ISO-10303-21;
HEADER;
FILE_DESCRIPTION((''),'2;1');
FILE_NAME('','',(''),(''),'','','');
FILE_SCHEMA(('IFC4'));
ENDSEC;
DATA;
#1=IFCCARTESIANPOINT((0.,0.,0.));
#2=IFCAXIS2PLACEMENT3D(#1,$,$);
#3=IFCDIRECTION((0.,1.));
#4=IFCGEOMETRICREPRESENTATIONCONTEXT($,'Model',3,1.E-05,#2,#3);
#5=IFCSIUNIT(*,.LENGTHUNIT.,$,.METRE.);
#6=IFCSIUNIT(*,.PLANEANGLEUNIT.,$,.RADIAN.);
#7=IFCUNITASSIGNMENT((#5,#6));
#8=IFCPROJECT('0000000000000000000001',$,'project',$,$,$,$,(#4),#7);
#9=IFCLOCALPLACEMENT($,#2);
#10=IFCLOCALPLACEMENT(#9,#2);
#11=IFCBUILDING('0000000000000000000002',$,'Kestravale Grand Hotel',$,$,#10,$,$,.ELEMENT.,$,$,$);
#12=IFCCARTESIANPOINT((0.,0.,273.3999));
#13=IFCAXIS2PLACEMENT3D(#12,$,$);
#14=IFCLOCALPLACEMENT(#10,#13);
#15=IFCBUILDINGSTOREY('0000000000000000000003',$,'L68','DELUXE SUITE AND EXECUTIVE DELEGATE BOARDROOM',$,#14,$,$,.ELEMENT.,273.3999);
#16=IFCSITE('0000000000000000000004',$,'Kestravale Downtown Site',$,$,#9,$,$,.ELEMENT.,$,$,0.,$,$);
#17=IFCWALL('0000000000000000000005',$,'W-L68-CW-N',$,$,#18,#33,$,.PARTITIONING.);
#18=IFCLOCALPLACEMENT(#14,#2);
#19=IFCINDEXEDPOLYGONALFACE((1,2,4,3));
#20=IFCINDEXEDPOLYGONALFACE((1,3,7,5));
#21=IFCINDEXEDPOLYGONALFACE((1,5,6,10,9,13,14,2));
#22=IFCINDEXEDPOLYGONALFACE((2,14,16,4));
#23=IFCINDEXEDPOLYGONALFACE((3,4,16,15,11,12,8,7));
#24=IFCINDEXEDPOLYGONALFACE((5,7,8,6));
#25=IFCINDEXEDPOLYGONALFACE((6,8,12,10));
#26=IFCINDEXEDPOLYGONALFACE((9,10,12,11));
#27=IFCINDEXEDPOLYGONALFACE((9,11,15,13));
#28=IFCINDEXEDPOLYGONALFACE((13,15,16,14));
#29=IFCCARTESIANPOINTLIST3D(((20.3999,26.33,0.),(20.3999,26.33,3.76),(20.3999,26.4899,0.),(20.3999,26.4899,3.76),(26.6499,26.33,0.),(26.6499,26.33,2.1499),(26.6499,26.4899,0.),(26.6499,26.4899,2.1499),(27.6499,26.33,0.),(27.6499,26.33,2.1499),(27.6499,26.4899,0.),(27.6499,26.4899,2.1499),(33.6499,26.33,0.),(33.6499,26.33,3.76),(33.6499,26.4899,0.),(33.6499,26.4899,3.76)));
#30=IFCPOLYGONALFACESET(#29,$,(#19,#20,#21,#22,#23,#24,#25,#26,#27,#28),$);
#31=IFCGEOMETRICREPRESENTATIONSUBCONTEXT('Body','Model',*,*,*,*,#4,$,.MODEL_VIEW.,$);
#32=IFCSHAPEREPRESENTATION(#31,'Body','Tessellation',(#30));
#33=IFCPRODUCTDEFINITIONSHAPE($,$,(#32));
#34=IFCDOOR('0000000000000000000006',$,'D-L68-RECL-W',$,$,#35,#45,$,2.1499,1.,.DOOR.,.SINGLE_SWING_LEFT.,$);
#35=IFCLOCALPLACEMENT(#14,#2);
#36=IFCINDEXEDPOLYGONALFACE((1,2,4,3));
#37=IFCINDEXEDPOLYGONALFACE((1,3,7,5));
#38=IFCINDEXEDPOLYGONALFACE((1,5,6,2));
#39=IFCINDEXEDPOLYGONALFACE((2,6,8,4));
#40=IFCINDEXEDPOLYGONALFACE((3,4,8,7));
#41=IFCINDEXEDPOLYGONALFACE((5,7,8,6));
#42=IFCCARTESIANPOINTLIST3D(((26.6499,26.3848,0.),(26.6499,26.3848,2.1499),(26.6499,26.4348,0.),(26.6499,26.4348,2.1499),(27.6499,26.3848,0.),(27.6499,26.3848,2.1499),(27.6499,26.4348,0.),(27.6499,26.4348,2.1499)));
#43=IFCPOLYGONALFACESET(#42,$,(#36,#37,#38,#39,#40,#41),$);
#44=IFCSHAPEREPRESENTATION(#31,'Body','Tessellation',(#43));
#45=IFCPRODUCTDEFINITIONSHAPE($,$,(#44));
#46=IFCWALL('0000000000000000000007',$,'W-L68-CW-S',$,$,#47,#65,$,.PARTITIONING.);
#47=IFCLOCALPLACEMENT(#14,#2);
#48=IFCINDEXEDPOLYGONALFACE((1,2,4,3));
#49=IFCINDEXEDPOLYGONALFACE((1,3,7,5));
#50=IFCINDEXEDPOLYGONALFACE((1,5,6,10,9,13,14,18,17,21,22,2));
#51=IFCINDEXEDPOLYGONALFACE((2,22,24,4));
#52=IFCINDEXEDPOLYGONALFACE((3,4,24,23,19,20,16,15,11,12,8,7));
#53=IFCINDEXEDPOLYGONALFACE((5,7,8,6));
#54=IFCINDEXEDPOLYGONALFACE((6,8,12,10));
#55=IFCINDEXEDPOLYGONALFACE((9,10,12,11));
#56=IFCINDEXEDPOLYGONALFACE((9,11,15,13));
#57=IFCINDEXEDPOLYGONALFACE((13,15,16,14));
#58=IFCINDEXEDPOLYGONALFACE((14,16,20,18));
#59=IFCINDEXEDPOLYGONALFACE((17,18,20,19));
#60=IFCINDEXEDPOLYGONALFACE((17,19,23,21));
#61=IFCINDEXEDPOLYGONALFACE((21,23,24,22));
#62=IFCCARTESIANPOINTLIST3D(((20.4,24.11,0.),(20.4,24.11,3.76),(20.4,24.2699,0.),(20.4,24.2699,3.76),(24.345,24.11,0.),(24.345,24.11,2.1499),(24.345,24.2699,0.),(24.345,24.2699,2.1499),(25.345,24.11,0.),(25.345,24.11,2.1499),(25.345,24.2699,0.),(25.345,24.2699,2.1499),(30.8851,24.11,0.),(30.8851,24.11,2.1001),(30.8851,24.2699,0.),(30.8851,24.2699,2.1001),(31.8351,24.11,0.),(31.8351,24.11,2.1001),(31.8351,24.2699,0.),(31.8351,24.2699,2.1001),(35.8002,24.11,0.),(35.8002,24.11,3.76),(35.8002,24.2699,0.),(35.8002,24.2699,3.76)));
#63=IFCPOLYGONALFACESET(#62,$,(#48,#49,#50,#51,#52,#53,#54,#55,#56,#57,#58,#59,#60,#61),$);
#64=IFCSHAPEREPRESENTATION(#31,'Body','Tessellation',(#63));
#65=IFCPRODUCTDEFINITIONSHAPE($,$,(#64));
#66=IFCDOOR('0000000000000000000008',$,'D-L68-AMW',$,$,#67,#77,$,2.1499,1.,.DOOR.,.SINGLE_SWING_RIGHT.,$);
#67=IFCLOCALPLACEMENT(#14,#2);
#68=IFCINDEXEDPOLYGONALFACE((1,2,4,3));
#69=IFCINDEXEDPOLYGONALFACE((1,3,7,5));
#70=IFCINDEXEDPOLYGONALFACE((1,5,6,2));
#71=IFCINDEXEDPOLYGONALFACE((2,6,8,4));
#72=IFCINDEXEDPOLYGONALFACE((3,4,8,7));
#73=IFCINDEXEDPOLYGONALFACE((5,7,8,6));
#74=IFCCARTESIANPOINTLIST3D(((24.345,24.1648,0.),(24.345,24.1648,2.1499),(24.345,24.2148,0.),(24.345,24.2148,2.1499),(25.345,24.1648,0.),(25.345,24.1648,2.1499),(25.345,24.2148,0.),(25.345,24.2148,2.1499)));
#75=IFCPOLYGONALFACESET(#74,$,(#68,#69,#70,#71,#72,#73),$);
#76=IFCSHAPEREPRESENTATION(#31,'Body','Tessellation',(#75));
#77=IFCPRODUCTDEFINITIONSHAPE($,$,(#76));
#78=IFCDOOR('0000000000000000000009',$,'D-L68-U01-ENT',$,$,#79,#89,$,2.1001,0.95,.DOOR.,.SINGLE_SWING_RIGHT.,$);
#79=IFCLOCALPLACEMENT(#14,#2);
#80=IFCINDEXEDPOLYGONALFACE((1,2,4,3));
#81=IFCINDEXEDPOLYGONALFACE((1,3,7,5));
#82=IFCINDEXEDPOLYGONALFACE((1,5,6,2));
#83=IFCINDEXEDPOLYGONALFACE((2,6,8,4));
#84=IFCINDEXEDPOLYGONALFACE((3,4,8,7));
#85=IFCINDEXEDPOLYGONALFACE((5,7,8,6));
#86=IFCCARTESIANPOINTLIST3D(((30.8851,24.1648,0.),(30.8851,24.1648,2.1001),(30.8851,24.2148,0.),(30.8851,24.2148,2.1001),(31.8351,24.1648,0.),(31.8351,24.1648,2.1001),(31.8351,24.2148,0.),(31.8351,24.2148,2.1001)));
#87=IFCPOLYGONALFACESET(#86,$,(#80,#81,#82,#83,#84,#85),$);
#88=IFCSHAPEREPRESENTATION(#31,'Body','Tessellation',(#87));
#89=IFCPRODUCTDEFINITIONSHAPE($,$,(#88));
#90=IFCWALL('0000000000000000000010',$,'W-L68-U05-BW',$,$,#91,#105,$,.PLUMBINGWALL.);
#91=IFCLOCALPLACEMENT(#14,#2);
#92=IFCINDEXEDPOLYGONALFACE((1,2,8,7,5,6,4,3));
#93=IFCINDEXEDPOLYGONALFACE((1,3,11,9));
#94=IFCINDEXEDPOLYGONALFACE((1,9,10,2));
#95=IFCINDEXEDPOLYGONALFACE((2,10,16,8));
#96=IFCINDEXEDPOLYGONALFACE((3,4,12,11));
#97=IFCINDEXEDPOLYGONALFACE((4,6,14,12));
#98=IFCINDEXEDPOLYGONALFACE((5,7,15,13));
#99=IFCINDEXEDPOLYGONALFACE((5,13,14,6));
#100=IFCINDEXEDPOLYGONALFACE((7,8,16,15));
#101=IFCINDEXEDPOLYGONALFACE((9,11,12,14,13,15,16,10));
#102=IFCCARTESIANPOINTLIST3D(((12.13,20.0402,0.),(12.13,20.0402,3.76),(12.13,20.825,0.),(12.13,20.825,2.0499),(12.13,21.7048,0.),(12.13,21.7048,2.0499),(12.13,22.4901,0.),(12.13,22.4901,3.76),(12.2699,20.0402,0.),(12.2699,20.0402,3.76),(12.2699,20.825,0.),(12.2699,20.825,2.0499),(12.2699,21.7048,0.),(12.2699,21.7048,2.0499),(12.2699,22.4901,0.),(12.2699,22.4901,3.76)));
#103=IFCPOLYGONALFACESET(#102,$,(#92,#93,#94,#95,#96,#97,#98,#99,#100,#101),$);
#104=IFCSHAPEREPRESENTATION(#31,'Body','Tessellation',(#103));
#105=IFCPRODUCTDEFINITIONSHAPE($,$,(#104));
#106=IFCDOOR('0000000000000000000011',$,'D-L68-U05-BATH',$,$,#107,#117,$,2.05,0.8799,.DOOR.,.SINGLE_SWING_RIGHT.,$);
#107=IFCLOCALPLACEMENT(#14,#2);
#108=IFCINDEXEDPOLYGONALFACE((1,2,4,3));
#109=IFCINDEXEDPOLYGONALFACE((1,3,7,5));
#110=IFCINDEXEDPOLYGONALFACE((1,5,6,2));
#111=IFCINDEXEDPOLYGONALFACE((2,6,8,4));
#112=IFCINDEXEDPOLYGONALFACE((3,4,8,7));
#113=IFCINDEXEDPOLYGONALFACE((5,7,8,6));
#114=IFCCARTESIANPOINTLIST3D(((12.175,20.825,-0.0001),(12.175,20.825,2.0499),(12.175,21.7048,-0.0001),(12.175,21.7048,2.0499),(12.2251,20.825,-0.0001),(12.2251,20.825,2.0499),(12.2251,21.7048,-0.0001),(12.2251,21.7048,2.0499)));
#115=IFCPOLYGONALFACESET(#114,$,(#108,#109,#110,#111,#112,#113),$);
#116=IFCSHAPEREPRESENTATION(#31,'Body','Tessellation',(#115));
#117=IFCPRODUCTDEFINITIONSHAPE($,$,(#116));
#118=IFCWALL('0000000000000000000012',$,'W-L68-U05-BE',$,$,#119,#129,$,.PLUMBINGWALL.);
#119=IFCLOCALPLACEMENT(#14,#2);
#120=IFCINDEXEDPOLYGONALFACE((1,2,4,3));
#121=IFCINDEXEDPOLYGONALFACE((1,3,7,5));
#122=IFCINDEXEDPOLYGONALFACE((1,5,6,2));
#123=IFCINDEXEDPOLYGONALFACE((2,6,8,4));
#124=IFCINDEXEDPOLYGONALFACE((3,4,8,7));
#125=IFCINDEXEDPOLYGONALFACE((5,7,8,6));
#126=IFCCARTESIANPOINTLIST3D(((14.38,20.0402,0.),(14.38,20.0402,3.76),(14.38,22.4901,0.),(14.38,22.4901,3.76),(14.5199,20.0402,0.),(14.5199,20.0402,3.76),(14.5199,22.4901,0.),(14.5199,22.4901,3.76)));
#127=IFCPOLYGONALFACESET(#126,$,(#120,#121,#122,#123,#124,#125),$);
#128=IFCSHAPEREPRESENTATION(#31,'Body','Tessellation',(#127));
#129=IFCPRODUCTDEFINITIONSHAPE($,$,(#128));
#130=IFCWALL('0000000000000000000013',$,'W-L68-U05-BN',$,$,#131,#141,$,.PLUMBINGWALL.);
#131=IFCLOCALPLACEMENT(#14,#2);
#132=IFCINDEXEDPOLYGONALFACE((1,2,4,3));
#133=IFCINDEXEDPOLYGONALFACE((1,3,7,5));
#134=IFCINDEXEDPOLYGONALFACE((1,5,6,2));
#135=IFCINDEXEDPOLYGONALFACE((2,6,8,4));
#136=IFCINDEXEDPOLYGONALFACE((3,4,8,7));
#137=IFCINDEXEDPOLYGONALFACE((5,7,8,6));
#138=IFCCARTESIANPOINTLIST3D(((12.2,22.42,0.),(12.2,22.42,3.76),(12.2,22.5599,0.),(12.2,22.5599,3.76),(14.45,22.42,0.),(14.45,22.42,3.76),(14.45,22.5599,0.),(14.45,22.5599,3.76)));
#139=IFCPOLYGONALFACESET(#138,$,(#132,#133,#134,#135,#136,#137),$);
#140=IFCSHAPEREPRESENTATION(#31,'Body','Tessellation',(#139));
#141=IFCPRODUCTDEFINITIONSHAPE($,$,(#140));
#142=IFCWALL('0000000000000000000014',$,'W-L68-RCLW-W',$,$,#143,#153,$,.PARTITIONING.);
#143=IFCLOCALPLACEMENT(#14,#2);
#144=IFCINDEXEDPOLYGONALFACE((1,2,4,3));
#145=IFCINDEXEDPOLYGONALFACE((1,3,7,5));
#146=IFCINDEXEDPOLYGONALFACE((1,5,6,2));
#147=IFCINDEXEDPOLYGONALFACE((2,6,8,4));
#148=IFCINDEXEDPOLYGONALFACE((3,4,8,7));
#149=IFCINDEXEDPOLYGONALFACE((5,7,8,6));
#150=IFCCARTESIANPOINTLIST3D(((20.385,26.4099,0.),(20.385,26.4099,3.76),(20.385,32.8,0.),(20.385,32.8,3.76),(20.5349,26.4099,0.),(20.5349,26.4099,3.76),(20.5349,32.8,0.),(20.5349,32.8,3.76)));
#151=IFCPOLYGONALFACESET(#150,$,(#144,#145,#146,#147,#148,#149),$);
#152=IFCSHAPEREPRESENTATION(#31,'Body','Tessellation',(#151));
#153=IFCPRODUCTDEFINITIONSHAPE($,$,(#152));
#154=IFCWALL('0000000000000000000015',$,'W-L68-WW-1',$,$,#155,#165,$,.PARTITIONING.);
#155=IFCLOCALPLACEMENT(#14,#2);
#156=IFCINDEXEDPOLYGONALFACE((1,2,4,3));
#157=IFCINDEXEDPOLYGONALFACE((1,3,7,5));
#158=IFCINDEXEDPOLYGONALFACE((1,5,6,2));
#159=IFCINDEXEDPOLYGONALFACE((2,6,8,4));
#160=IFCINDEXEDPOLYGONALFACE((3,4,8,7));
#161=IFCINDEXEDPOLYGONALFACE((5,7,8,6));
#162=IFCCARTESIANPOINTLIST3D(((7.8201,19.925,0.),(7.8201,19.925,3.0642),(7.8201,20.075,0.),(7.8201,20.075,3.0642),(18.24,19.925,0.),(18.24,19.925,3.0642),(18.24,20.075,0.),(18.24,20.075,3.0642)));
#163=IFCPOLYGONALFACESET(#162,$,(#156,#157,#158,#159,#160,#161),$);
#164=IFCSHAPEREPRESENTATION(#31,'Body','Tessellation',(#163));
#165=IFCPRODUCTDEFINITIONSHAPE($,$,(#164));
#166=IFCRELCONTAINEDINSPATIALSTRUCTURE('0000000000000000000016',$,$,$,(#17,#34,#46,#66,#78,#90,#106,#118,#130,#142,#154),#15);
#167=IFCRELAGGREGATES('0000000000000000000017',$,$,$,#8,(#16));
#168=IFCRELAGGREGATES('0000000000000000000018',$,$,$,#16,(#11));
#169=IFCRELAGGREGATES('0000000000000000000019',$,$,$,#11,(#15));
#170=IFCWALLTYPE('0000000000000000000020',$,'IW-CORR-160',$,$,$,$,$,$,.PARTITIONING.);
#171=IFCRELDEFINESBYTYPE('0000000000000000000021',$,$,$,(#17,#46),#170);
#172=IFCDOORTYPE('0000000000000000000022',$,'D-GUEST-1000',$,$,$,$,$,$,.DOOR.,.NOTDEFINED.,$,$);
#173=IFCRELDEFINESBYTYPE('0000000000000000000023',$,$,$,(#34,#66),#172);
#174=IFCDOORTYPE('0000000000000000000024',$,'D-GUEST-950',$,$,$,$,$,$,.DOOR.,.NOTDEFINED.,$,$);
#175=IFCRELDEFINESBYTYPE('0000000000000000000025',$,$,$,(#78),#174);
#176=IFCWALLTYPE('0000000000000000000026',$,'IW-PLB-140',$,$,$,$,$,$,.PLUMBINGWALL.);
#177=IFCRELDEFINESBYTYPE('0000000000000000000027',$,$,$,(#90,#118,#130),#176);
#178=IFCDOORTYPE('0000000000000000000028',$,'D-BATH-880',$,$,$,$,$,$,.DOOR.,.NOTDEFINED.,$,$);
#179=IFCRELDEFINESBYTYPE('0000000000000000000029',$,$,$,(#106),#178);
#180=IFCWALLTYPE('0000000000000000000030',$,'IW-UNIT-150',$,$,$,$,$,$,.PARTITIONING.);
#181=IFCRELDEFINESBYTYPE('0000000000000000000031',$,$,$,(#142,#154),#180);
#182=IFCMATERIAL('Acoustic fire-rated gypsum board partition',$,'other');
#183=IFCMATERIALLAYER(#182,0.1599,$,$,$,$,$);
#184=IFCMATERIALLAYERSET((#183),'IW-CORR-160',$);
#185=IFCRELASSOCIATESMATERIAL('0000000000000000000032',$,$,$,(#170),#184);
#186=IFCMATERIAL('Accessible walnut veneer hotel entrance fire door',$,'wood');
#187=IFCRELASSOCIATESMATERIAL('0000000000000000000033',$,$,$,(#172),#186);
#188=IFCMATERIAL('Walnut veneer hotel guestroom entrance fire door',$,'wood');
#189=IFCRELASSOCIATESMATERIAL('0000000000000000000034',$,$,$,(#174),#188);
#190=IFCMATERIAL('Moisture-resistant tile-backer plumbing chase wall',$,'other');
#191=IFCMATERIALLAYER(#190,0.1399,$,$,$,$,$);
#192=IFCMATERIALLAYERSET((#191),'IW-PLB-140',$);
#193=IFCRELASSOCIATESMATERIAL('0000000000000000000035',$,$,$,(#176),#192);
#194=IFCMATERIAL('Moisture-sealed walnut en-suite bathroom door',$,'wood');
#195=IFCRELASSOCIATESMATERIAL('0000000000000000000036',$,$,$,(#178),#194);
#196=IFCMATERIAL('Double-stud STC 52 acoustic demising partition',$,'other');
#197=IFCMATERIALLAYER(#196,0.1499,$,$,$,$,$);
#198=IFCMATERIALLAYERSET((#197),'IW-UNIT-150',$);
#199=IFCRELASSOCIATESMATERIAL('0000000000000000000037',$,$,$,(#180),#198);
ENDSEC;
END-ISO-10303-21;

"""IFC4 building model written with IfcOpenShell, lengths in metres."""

from ifc_helpers import new_model, si_unit, direction, frame, frame_2d, origin, place, context, subcontext, project, spatial, rectangle, extrude, material, layer, layer_set, type_object, element, fill, save


model = new_model("IFC4")

# Units and contexts
model_context = context("Model", 3, precision=1e-05, world=origin(), true_north=direction((0.0, 1.0)))
body_context = subcontext(model_context, "Body", "Model", "MODEL_VIEW")
ifc_project = project(units=[si_unit("LENGTHUNIT", "METRE"), si_unit("PLANEANGLEUNIT", "RADIAN")], contexts=[model_context])

# Site, building, storey
site_placement = place(None, origin())
site = spatial("IfcSite", under=ifc_project, at=site_placement, Name="Kestravale Downtown Site", CompositionType="ELEMENT", RefElevation=0.0)
building_placement = place(site_placement, origin())
building = spatial("IfcBuilding", under=site, at=building_placement, Name="Kestravale Grand Hotel", CompositionType="ELEMENT")
storey_placement = place(building_placement, frame((0.0, 0.0, 273.3999)))
storey = spatial("IfcBuildingStorey", under=building, at=storey_placement, Name="L68", Description="DELUXE SUITE AND EXECUTIVE DELEGATE BOARDROOM", CompositionType="ELEMENT", Elevation=273.3999)

# Wall, opening, door
ifc_material_1 = material(Name="Acoustic fire-rated gypsum board partition", Category="other")
ifc_layer_1 = layer(ifc_material_1, 0.1599)
ifc_layer_set_1 = layer_set([ifc_layer_1], Name="IW-CORR-160")
wall_type_1 = type_object("IfcWallType", Name="IW-CORR-160", PredefinedType="PARTITIONING", material=ifc_layer_set_1)
wall_1_placement = place(storey_placement, frame((20.3999, 26.4099, 0.0), z_axis=(0.0, 0.0, 1.0), x_axis=(1.0, 0.0, 0.0)))
wall_1 = element("IfcWall", 1, at=wall_1_placement, inside=storey, type_object=wall_type_1, Name="W-L68-CW-N", PredefinedType="PARTITIONING", context=body_context, shape_type="SweptSolid", body=[
    extrude(rectangle(XDim=13.25, YDim=0.1599, at=frame_2d((6.625, 0.0))), origin(), (0.0, 0.0, 1.0), 3.76),
])
opening_1_placement = place(wall_1_placement, frame((6.25, 0.0, 0.0)))
opening_1 = element("IfcOpeningElement", 2, at=opening_1_placement, cuts=wall_1, PredefinedType="OPENING", context=body_context, shape_type="SweptSolid", body=[
    extrude(rectangle(XDim=1.0, YDim=2.1499, at=frame_2d((0.5, 1.075))), frame((0.0, 0.0898, 0.0), z_axis=(0.0, -1.0, 0.0), x_axis=(1.0, 0.0, 0.0)), (0.0, 0.0, 1.0), 0.1799),
])
ifc_material_2 = material(Name="Accessible walnut veneer hotel entrance fire door", Category="wood")
door_type_1 = type_object("IfcDoorType", Name="D-GUEST-1000", OperationType="NOTDEFINED", PredefinedType="DOOR", material=ifc_material_2)
door_1_placement = place(opening_1_placement, origin())
door_1 = element("IfcDoor", 3, at=door_1_placement, inside=storey, type_object=door_type_1, Name="D-L68-RECL-W", OperationType="SINGLE_SWING_LEFT", OverallHeight=2.1499, OverallWidth=1.0, PredefinedType="DOOR", context=body_context, shape_type="SweptSolid", body=[
    extrude(rectangle(XDim=1.0, YDim=2.1499, at=frame_2d((0.5, 1.075))), frame((0.0, 0.0249, 0.0), z_axis=(0.0, -1.0, 0.0), x_axis=(1.0, 0.0, 0.0)), (0.0, 0.0, 1.0), 0.05),
])
fill(opening_1, door_1)

# Wall, openings, doors
wall_2_placement = place(storey_placement, frame((20.3999, 24.1899, 0.0), z_axis=(0.0, 0.0, 1.0), x_axis=(1.0, 0.0, 0.0)))
wall_2 = element("IfcWall", 4, at=wall_2_placement, inside=storey, type_object=wall_type_1, Name="W-L68-CW-S", PredefinedType="PARTITIONING", context=body_context, shape_type="SweptSolid", body=[
    extrude(rectangle(XDim=15.4001, YDim=0.1599, at=frame_2d((7.7002, 0.0))), origin(), (0.0, 0.0, 1.0), 3.76),
])
opening_2_placement = place(wall_2_placement, frame((3.9451, 0.0, 0.0)))
opening_2 = element("IfcOpeningElement", 5, at=opening_2_placement, cuts=wall_2, PredefinedType="OPENING", context=body_context, shape_type="SweptSolid", body=[
    extrude(rectangle(XDim=1.0, YDim=2.1499, at=frame_2d((0.5, 1.075))), frame((0.0, 0.0898, 0.0), z_axis=(0.0, -1.0, 0.0), x_axis=(1.0, 0.0, 0.0)), (0.0, 0.0, 1.0), 0.1799),
])
opening_3_placement = place(wall_2_placement, frame((10.4851, 0.0, 0.0)))
opening_3 = element("IfcOpeningElement", 6, at=opening_3_placement, cuts=wall_2, PredefinedType="OPENING", context=body_context, shape_type="SweptSolid", body=[
    extrude(rectangle(XDim=0.95, YDim=2.1001, at=frame_2d((0.4751, 1.05))), frame((0.0, 0.0898, 0.0), z_axis=(0.0, -1.0, 0.0), x_axis=(1.0, 0.0, 0.0)), (0.0, 0.0, 1.0), 0.1799),
])
door_2_placement = place(opening_2_placement, origin())
door_2 = element("IfcDoor", 7, at=door_2_placement, inside=storey, type_object=door_type_1, Name="D-L68-AMW", OperationType="SINGLE_SWING_RIGHT", OverallHeight=2.1499, OverallWidth=1.0, PredefinedType="DOOR", context=body_context, shape_type="SweptSolid", body=[
    extrude(rectangle(XDim=1.0, YDim=2.1499, at=frame_2d((0.5, 1.075))), frame((0.0, 0.0249, 0.0), z_axis=(0.0, -1.0, 0.0), x_axis=(1.0, 0.0, 0.0)), (0.0, 0.0, 1.0), 0.05),
])
fill(opening_2, door_2)
ifc_material_3 = material(Name="Walnut veneer hotel guestroom entrance fire door", Category="wood")
door_type_2 = type_object("IfcDoorType", Name="D-GUEST-950", OperationType="NOTDEFINED", PredefinedType="DOOR", material=ifc_material_3)
door_3_placement = place(opening_3_placement, origin())
door_3 = element("IfcDoor", 8, at=door_3_placement, inside=storey, type_object=door_type_2, Name="D-L68-U01-ENT", OperationType="SINGLE_SWING_RIGHT", OverallHeight=2.1001, OverallWidth=0.95, PredefinedType="DOOR", context=body_context, shape_type="SweptSolid", body=[
    extrude(rectangle(XDim=0.95, YDim=2.1001, at=frame_2d((0.4751, 1.05))), frame((0.0, 0.0249, 0.0), z_axis=(0.0, -1.0, 0.0), x_axis=(1.0, 0.0, 0.0)), (0.0, 0.0, 1.0), 0.05),
])
fill(opening_3, door_3)

# Wall, opening, door
ifc_material_4 = material(Name="Moisture-resistant tile-backer plumbing chase wall", Category="other")
ifc_layer_2 = layer(ifc_material_4, 0.1399)
ifc_layer_set_2 = layer_set([ifc_layer_2], Name="IW-PLB-140")
wall_type_2 = type_object("IfcWallType", Name="IW-PLB-140", PredefinedType="PLUMBINGWALL", material=ifc_layer_set_2)
wall_3_placement = place(storey_placement, frame((12.2, 20.04, 0.0), z_axis=(0.0, 0.0, 1.0), x_axis=(0.0, 1.0, 0.0)))
wall_3 = element("IfcWall", 9, at=wall_3_placement, inside=storey, type_object=wall_type_2, Name="W-L68-U05-BW", PredefinedType="PLUMBINGWALL", context=body_context, shape_type="SweptSolid", body=[
    extrude(rectangle(XDim=2.45, YDim=0.1399, at=frame_2d((1.2251, 0.0))), origin(), (0.0, 0.0, 1.0), 3.76),
])
opening_4_placement = place(wall_3_placement, frame((0.7849, 0.0, 0.0)))
opening_4 = element("IfcOpeningElement", 10, at=opening_4_placement, cuts=wall_3, PredefinedType="OPENING", context=body_context, shape_type="SweptSolid", body=[
    extrude(rectangle(XDim=0.8799, YDim=2.05, at=frame_2d((0.4399, 1.0249))), frame((0.0, 0.0798, 0.0), z_axis=(0.0, -1.0, 0.0), x_axis=(1.0, 0.0, 0.0)), (0.0, 0.0, 1.0), 0.1599),
])
ifc_material_5 = material(Name="Moisture-sealed walnut en-suite bathroom door", Category="wood")
door_type_3 = type_object("IfcDoorType", Name="D-BATH-880", OperationType="NOTDEFINED", PredefinedType="DOOR", material=ifc_material_5)
door_4_placement = place(opening_4_placement, origin())
door_4 = element("IfcDoor", 11, at=door_4_placement, inside=storey, type_object=door_type_3, Name="D-L68-U05-BATH", OperationType="SINGLE_SWING_RIGHT", OverallHeight=2.05, OverallWidth=0.8799, PredefinedType="DOOR", context=body_context, shape_type="SweptSolid", body=[
    extrude(rectangle(XDim=0.8799, YDim=2.05, at=frame_2d((0.4399, 1.0249))), frame((0.0, 0.0249, 0.0), z_axis=(0.0, -1.0, 0.0), x_axis=(1.0, 0.0, 0.0)), (0.0, 0.0, 1.0), 0.05),
])
fill(opening_4, door_4)

# Walls
wall_4_placement = place(storey_placement, frame((14.45, 20.04, 0.0), z_axis=(0.0, 0.0, 1.0), x_axis=(0.0, 1.0, 0.0)))
element("IfcWall", 12, at=wall_4_placement, inside=storey, type_object=wall_type_2, Name="W-L68-U05-BE", PredefinedType="PLUMBINGWALL", context=body_context, shape_type="SweptSolid", body=[
    extrude(rectangle(XDim=2.45, YDim=0.1399, at=frame_2d((1.2251, 0.0))), origin(), (0.0, 0.0, 1.0), 3.76),
])
wall_5_placement = place(storey_placement, frame((12.2, 22.49, 0.0), z_axis=(0.0, 0.0, 1.0), x_axis=(1.0, 0.0, 0.0)))
element("IfcWall", 13, at=wall_5_placement, inside=storey, type_object=wall_type_2, Name="W-L68-U05-BN", PredefinedType="PLUMBINGWALL", context=body_context, shape_type="SweptSolid", body=[
    extrude(rectangle(XDim=2.25, YDim=0.1399, at=frame_2d((1.125, 0.0))), origin(), (0.0, 0.0, 1.0), 3.76),
])
ifc_material_6 = material(Name="Double-stud STC 52 acoustic demising partition", Category="other")
ifc_layer_3 = layer(ifc_material_6, 0.1499)
ifc_layer_set_3 = layer_set([ifc_layer_3], Name="IW-UNIT-150")
wall_type_3 = type_object("IfcWallType", Name="IW-UNIT-150", PredefinedType="PARTITIONING", material=ifc_layer_set_3)
wall_6_placement = place(storey_placement, frame((20.46, 26.4099, 0.0), z_axis=(0.0, 0.0, 1.0), x_axis=(0.0, 1.0, 0.0)))
element("IfcWall", 14, at=wall_6_placement, inside=storey, type_object=wall_type_3, Name="W-L68-RCLW-W", PredefinedType="PARTITIONING", context=body_context, shape_type="SweptSolid", body=[
    extrude(rectangle(XDim=6.3901, YDim=0.1499, at=frame_2d((3.1951, 0.0))), origin(), (0.0, 0.0, 1.0), 3.76),
])
for number, where, z_axis, x_axis, name in (
    (15, (7.8201, 20.0, 0.0), (0.0, 0.0, 1.0), (1.0, 0.0, 0.0), "W-L68-WW-1"),
):
    element("IfcWall", number, at=place(storey_placement, frame(where, z_axis=z_axis, x_axis=x_axis)), inside=storey, type_object=wall_type_3, Name=name, PredefinedType="PARTITIONING", context=body_context, shape_type="SweptSolid", body=[
        extrude(rectangle(XDim=10.4199, YDim=0.1499, at=frame_2d((5.21, 0.0))), origin(), (0.0, 0.0, 1.0), 3.0642),
    ])

save(model, "model.ifc")
